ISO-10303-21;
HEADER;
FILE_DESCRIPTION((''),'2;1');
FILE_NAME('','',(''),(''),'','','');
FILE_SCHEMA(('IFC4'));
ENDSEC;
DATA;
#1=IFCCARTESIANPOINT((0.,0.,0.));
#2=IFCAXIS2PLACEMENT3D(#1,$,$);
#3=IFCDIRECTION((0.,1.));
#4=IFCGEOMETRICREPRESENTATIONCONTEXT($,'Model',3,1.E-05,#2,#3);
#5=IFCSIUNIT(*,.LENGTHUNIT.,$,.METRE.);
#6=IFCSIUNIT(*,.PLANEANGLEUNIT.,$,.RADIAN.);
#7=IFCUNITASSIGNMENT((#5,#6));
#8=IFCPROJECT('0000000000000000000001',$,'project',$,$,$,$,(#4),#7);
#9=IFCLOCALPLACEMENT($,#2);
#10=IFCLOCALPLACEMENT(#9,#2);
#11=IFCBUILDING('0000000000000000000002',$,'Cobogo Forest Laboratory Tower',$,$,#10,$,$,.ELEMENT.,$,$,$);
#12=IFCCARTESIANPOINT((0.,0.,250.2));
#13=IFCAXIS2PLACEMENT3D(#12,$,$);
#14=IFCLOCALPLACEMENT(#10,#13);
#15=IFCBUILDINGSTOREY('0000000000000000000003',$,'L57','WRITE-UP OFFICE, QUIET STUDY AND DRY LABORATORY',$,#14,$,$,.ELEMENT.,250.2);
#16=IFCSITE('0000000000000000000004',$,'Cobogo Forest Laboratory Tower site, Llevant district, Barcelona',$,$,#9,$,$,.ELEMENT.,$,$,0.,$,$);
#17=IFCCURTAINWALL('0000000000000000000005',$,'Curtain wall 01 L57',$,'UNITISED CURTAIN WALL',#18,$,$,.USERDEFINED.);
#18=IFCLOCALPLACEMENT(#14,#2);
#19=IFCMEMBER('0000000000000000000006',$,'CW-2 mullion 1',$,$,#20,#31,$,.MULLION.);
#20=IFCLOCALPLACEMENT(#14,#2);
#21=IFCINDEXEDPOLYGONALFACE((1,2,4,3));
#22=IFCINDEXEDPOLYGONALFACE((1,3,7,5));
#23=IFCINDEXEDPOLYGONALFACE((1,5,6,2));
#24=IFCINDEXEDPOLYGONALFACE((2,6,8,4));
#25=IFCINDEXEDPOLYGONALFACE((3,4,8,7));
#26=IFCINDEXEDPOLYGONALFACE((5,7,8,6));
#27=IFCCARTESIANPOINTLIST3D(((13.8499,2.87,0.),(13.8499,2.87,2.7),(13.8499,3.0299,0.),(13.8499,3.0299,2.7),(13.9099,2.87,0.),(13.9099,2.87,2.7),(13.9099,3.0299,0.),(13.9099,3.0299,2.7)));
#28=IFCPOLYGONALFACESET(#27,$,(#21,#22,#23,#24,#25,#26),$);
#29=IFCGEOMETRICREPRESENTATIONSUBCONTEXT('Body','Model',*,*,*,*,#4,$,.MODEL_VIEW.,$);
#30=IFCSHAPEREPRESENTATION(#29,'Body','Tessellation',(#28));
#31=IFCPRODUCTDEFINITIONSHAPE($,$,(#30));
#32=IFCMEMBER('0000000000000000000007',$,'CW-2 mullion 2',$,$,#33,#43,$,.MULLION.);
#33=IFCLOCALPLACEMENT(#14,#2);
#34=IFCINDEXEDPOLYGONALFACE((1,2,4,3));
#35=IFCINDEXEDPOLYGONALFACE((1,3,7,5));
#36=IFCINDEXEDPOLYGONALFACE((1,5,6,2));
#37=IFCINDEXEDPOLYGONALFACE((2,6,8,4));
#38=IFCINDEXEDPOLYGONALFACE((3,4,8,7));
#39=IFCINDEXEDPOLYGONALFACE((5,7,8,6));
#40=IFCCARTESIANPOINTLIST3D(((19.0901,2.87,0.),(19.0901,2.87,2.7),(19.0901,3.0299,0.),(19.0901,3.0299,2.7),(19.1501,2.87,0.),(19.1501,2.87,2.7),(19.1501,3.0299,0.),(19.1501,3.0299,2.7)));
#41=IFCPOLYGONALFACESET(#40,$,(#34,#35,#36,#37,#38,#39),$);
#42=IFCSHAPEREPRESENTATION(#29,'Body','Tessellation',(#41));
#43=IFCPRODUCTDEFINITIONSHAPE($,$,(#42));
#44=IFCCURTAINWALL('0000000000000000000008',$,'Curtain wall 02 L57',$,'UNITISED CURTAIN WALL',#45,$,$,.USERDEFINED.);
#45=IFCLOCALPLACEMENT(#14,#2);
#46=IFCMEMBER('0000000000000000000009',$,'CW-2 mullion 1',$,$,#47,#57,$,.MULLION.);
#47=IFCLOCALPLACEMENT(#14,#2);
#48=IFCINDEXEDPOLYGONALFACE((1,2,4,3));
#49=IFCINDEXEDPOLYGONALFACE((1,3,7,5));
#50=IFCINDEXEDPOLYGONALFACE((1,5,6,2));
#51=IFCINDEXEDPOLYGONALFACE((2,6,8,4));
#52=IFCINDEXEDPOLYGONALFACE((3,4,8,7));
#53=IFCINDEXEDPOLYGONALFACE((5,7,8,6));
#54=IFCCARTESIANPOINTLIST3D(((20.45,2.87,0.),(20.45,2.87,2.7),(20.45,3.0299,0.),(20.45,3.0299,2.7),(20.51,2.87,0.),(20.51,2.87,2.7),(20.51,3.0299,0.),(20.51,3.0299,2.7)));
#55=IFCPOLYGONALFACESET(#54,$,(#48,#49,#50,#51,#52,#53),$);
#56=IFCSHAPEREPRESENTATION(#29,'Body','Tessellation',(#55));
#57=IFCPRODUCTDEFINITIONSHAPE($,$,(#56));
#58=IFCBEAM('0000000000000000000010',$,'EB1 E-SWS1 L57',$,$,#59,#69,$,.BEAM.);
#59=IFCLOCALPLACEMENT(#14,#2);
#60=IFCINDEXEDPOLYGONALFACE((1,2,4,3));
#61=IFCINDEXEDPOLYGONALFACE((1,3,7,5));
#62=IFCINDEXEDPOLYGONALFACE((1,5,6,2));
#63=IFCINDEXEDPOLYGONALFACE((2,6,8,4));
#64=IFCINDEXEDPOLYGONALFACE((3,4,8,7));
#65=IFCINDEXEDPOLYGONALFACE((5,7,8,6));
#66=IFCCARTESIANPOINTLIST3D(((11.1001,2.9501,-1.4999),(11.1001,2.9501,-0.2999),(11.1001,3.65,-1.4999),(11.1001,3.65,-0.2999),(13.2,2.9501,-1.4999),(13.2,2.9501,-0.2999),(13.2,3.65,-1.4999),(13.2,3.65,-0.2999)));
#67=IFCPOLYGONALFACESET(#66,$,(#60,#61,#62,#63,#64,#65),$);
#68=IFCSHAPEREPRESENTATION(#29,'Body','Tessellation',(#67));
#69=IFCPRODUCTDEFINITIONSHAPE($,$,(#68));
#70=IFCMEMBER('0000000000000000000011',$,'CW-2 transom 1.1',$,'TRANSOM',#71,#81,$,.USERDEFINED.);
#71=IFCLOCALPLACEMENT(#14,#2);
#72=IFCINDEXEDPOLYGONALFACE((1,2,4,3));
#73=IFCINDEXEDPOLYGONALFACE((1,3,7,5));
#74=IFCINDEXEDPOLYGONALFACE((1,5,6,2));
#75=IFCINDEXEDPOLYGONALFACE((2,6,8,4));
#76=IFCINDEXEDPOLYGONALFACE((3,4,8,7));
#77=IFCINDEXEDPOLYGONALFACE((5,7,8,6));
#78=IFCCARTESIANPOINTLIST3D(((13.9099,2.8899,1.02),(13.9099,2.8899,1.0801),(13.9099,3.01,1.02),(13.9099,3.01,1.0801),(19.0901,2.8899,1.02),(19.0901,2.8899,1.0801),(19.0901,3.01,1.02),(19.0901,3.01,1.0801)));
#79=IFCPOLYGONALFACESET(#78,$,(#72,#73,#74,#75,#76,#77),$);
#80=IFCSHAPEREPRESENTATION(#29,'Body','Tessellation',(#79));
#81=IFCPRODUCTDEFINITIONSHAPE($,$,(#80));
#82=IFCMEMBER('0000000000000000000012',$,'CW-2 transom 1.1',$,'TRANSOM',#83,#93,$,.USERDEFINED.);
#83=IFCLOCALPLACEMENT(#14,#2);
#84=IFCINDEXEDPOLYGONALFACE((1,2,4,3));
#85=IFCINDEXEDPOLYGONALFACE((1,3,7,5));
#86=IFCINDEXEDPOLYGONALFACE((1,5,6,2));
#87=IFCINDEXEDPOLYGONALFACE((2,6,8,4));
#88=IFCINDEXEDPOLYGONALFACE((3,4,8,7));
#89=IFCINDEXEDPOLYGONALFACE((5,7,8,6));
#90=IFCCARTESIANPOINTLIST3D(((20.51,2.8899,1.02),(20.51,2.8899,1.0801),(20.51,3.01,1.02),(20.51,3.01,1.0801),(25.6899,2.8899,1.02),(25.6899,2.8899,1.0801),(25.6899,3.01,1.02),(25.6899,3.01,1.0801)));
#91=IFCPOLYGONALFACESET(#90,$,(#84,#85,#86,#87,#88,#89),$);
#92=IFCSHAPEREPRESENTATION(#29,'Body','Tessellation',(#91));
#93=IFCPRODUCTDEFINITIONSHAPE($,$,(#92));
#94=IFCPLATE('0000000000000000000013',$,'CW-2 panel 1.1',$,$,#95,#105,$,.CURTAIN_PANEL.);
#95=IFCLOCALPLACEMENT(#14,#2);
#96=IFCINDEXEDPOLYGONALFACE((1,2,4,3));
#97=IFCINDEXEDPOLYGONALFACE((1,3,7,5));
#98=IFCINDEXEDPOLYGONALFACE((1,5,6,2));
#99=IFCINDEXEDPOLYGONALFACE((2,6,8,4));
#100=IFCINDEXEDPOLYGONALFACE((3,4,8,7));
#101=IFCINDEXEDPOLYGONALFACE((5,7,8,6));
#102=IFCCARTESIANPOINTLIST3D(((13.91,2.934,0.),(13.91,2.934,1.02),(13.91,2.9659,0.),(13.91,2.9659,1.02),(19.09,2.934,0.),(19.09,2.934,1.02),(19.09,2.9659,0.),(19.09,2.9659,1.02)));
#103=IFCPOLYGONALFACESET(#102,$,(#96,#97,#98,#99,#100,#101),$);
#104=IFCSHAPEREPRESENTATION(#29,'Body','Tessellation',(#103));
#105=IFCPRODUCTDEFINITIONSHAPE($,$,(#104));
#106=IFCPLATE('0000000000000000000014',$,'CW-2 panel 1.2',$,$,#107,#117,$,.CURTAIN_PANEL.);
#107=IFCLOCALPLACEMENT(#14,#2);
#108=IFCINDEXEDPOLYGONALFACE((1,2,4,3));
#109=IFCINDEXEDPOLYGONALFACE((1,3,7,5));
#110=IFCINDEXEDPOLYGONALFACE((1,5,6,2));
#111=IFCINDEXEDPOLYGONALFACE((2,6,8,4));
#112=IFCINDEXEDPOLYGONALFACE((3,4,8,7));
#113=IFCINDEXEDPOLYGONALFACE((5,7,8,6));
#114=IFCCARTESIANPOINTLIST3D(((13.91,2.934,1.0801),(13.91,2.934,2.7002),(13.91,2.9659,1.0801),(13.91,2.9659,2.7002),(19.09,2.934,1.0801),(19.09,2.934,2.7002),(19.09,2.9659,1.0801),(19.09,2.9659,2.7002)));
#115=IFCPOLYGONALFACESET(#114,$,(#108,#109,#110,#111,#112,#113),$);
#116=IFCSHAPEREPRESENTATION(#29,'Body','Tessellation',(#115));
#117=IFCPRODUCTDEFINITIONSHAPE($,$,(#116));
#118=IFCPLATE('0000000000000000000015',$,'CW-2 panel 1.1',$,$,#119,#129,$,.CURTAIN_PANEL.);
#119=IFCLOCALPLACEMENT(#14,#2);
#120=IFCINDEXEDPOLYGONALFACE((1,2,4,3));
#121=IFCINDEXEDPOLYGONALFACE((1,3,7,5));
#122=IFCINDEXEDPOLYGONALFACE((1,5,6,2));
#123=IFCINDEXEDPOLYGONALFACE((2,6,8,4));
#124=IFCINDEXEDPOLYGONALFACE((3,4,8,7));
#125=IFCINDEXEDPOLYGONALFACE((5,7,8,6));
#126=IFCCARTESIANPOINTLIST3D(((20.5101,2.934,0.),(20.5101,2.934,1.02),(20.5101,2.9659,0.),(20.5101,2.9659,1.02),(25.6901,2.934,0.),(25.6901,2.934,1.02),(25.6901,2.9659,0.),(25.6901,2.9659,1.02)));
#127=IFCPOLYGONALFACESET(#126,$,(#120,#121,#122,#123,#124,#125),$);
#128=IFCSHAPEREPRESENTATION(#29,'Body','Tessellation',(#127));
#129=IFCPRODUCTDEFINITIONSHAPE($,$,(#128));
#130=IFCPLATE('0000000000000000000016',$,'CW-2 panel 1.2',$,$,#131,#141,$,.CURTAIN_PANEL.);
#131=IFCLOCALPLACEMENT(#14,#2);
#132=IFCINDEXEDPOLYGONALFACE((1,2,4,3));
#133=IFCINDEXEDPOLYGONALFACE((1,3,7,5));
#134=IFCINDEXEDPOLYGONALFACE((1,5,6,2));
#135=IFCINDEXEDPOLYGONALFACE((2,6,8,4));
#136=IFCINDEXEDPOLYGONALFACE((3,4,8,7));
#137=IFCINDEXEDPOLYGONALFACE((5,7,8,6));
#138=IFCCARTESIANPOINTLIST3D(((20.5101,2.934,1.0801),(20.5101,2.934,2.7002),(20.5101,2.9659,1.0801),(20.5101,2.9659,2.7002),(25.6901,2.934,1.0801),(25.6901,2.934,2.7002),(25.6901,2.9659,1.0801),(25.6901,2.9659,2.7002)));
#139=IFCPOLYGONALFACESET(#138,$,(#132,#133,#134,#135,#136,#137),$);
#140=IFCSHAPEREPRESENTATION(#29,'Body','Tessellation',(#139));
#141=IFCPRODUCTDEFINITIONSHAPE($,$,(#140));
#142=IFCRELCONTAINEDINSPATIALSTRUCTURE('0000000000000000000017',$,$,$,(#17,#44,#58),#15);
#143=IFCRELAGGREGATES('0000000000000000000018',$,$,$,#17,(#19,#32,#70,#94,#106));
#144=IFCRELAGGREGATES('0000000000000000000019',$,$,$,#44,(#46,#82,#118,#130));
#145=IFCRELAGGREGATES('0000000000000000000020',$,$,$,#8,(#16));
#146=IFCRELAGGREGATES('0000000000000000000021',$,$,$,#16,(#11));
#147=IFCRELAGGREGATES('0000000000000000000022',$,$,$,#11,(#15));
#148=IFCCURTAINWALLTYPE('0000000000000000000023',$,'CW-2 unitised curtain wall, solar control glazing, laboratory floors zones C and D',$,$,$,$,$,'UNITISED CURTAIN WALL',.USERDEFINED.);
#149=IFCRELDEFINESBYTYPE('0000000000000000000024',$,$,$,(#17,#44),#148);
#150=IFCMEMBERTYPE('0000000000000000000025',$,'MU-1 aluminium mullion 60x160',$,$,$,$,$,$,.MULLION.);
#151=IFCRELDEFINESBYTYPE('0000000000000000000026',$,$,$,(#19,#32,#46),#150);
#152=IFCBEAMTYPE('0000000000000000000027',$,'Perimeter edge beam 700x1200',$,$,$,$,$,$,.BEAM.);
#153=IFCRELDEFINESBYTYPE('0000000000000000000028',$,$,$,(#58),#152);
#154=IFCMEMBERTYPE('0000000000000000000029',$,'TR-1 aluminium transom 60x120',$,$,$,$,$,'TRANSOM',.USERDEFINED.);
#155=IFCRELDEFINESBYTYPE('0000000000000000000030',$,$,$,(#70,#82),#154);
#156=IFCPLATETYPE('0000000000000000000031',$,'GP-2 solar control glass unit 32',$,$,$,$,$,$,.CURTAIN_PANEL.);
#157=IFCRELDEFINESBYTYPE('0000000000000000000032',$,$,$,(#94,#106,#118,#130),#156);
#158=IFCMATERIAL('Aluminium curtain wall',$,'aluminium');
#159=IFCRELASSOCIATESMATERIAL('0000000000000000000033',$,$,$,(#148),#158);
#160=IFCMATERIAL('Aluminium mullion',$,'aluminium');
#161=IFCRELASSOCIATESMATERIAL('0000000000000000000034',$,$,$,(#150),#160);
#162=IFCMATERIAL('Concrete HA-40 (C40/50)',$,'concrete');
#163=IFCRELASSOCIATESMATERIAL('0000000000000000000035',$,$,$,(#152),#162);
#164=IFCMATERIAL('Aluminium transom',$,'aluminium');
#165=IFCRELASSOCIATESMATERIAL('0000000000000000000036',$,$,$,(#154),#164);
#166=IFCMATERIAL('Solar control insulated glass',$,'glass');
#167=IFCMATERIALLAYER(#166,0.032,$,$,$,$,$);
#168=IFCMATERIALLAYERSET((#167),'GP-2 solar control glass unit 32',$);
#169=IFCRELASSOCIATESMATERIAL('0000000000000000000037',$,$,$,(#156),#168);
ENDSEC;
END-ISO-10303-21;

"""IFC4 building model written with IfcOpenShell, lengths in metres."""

from ifc_helpers import new_model, si_unit, direction, frame, origin, origin_2d, place, context, subcontext, project, spatial, rectangle, extrude, material, layer, layer_set, material_profile, profile_set, type_object, element, aggregate, save


model = new_model("IFC4")

# Units and contexts
model_context = context("Model", 3, precision=1e-05, world=origin(), true_north=direction((0.0, 1.0)))
body_context = subcontext(model_context, "Body", "Model", "MODEL_VIEW")
ifc_project = project(units=[si_unit("LENGTHUNIT", "METRE"), si_unit("PLANEANGLEUNIT", "RADIAN")], contexts=[model_context])

# Site, building, storey
site_placement = place(None, origin())
site = spatial("IfcSite", under=ifc_project, at=site_placement, Name="Cobogo Forest Laboratory Tower site, Llevant district, Barcelona", CompositionType="ELEMENT", RefElevation=0.0)
building_placement = place(site_placement, origin())
building = spatial("IfcBuilding", under=site, at=building_placement, Name="Cobogo Forest Laboratory Tower", CompositionType="ELEMENT")
storey_placement = place(building_placement, frame((0.0, 0.0, 250.2)))
storey = spatial("IfcBuildingStorey", under=building, at=storey_placement, Name="L57", Description="WRITE-UP OFFICE, QUIET STUDY AND DRY LABORATORY", CompositionType="ELEMENT", Elevation=250.2)

# Curtain wall, members
ifc_material_1 = material(Name="Aluminium curtain wall", Category="aluminium")
curtain_wall_type = type_object("IfcCurtainWallType", Name="CW-2 unitised curtain wall, solar control glazing, laboratory floors zones C and D", ElementType="UNITISED CURTAIN WALL", PredefinedType="USERDEFINED", material=ifc_material_1)
curtain_wall_1_placement = place(storey_placement, origin())
curtain_wall_1 = element("IfcCurtainWall", 1, at=curtain_wall_1_placement, inside=storey, type_object=curtain_wall_type, Name="Curtain wall 01 L57", ObjectType="UNITISED CURTAIN WALL", PredefinedType="USERDEFINED")
ifc_material_2 = material(Name="Aluminium mullion", Category="aluminium")
ifc_material_profile_1 = material_profile(ifc_material_2, rectangle(XDim=0.0601, YDim=0.1599, at=origin_2d()), Name="AL 60x160")
ifc_profile_set_1 = profile_set([ifc_material_profile_1], Name="Aluminium mullion")
member_type_1 = type_object("IfcMemberType", Name="MU-1 aluminium mullion 60x160", PredefinedType="MULLION", material=ifc_profile_set_1)
member_1_placement = place(storey_placement, frame((13.8799, 2.95, 0.0), z_axis=(0.0, 0.0, 1.0), x_axis=(1.0, 0.0, 0.0)))
member_1 = element("IfcMember", 2, at=member_1_placement, type_object=member_type_1, Name="CW-2 mullion 1", PredefinedType="MULLION", context=body_context, shape_type="SweptSolid", body=[
    extrude(rectangle(XDim=0.0601, YDim=0.1599, at=origin_2d()), origin(), (0.0, 0.0, 1.0), 2.7),
])
member_2_placement = place(storey_placement, frame((19.1201, 2.95, 0.0), z_axis=(0.0, 0.0, 1.0), x_axis=(1.0, 0.0, 0.0)))
member_2 = element("IfcMember", 3, at=member_2_placement, type_object=member_type_1, Name="CW-2 mullion 2", PredefinedType="MULLION", context=body_context, shape_type="SweptSolid", body=[
    extrude(rectangle(XDim=0.0601, YDim=0.1599, at=origin_2d()), origin(), (0.0, 0.0, 1.0), 2.7),
])

# Curtain wall, member
curtain_wall_2_placement = place(storey_placement, origin())
curtain_wall_2 = element("IfcCurtainWall", 4, at=curtain_wall_2_placement, inside=storey, type_object=curtain_wall_type, Name="Curtain wall 02 L57", ObjectType="UNITISED CURTAIN WALL", PredefinedType="USERDEFINED")
member_3_placement = place(storey_placement, frame((20.48, 2.95, 0.0), z_axis=(0.0, 0.0, 1.0), x_axis=(1.0, 0.0, 0.0)))
member_3 = element("IfcMember", 5, at=member_3_placement, type_object=member_type_1, Name="CW-2 mullion 1", PredefinedType="MULLION", context=body_context, shape_type="SweptSolid", body=[
    extrude(rectangle(XDim=0.0601, YDim=0.1599, at=origin_2d()), origin(), (0.0, 0.0, 1.0), 2.7),
])

# Beam
ifc_material_3 = material(Name="Concrete HA-40 (C40/50)", Category="concrete")
ifc_material_profile_2 = material_profile(ifc_material_3, rectangle(XDim=0.7, YDim=1.2, at=origin_2d()), Name="RC 700x1200")
ifc_profile_set_2 = profile_set([ifc_material_profile_2], Name="Concrete HA-40 (C40/50)")
beam_type = type_object("IfcBeamType", Name="Perimeter edge beam 700x1200", PredefinedType="BEAM", material=ifc_profile_set_2)
beam_placement = place(storey_placement, frame((13.2, 3.3, -0.8999), z_axis=(-1.0, 0.0, 0.0), x_axis=(0.0, -1.0, 0.0)))
element("IfcBeam", 6, at=beam_placement, inside=storey, type_object=beam_type, Name="EB1 E-SWS1 L57", PredefinedType="BEAM", context=body_context, shape_type="SweptSolid", body=[
    extrude(rectangle(XDim=0.7, YDim=1.2, at=origin_2d()), origin(), (0.0, 0.0, 1.0), 2.0999),
])

# Members
ifc_material_4 = material(Name="Aluminium transom", Category="aluminium")
ifc_material_profile_3 = material_profile(ifc_material_4, rectangle(XDim=0.1201, YDim=0.0601, at=origin_2d()), Name="AL 60x120")
ifc_profile_set_3 = profile_set([ifc_material_profile_3], Name="Aluminium transom")
member_type_2 = type_object("IfcMemberType", Name="TR-1 aluminium transom 60x120", ElementType="TRANSOM", PredefinedType="USERDEFINED", material=ifc_profile_set_3)
member_4_placement = place(storey_placement, frame((13.9099, 2.95, 1.05), z_axis=(1.0, 0.0, 0.0), x_axis=(0.0, 1.0, 0.0)))
member_4 = element("IfcMember", 7, at=member_4_placement, type_object=member_type_2, Name="CW-2 transom 1.1", ObjectType="TRANSOM", PredefinedType="USERDEFINED", context=body_context, shape_type="SweptSolid", body=[
    extrude(rectangle(XDim=0.1201, YDim=0.0601, at=origin_2d()), origin(), (0.0, 0.0, 1.0), 5.1802),
])
member_5_placement = place(storey_placement, frame((20.51, 2.95, 1.05), z_axis=(1.0, 0.0, 0.0), x_axis=(0.0, 1.0, 0.0)))
member_5 = element("IfcMember", 8, at=member_5_placement, type_object=member_type_2, Name="CW-2 transom 1.1", ObjectType="TRANSOM", PredefinedType="USERDEFINED", context=body_context, shape_type="SweptSolid", body=[
    extrude(rectangle(XDim=0.1201, YDim=0.0601, at=origin_2d()), origin(), (0.0, 0.0, 1.0), 5.1799),
])

# Plates
ifc_material_5 = material(Name="Solar control insulated glass", Category="glass")
ifc_layer = layer(ifc_material_5, 0.032)
ifc_layer_set = layer_set([ifc_layer], Name="GP-2 solar control glass unit 32")
plate_type_1 = type_object("IfcPlateType", Name="GP-2 solar control glass unit 32", PredefinedType="CURTAIN_PANEL", material=ifc_layer_set)
plate_1_placement = place(storey_placement, frame((16.5, 2.95, 0.0), z_axis=(0.0, 0.0, 1.0), x_axis=(1.0, 0.0, 0.0)))
plate_1 = element("IfcPlate", 9, at=plate_1_placement, type_object=plate_type_1, Name="CW-2 panel 1.1", PredefinedType="CURTAIN_PANEL", context=body_context, shape_type="SweptSolid", body=[
    extrude(rectangle(XDim=5.1799, YDim=0.032, at=origin_2d()), origin(), (0.0, 0.0, 1.0), 1.02),
])
plate_2_placement = place(storey_placement, frame((16.5, 2.95, 1.0801), z_axis=(0.0, 0.0, 1.0), x_axis=(1.0, 0.0, 0.0)))
plate_2 = element("IfcPlate", 10, at=plate_2_placement, type_object=plate_type_1, Name="CW-2 panel 1.2", PredefinedType="CURTAIN_PANEL", context=body_context, shape_type="SweptSolid", body=[
    extrude(rectangle(XDim=5.1799, YDim=0.032, at=origin_2d()), origin(), (0.0, 0.0, 1.0), 1.6201),
])
aggregate(curtain_wall_1, [member_1, member_2, member_4, plate_1, plate_2])
plate_3_placement = place(storey_placement, frame((23.1001, 2.95, 0.0), z_axis=(0.0, 0.0, 1.0), x_axis=(1.0, 0.0, 0.0)))
plate_3 = element("IfcPlate", 11, at=plate_3_placement, type_object=plate_type_1, Name="CW-2 panel 1.1", PredefinedType="CURTAIN_PANEL", context=body_context, shape_type="SweptSolid", body=[
    extrude(rectangle(XDim=5.1799, YDim=0.032, at=origin_2d()), origin(), (0.0, 0.0, 1.0), 1.02),
])
plate_4_placement = place(storey_placement, frame((23.1001, 2.95, 1.0801), z_axis=(0.0, 0.0, 1.0), x_axis=(1.0, 0.0, 0.0)))
plate_4 = element("IfcPlate", 12, at=plate_4_placement, type_object=plate_type_1, Name="CW-2 panel 1.2", PredefinedType="CURTAIN_PANEL", context=body_context, shape_type="SweptSolid", body=[
    extrude(rectangle(XDim=5.1799, YDim=0.032, at=origin_2d()), origin(), (0.0, 0.0, 1.0), 1.6201),
])
aggregate(curtain_wall_2, [member_3, member_5, plate_3, plate_4])

save(model, "model.ifc")
